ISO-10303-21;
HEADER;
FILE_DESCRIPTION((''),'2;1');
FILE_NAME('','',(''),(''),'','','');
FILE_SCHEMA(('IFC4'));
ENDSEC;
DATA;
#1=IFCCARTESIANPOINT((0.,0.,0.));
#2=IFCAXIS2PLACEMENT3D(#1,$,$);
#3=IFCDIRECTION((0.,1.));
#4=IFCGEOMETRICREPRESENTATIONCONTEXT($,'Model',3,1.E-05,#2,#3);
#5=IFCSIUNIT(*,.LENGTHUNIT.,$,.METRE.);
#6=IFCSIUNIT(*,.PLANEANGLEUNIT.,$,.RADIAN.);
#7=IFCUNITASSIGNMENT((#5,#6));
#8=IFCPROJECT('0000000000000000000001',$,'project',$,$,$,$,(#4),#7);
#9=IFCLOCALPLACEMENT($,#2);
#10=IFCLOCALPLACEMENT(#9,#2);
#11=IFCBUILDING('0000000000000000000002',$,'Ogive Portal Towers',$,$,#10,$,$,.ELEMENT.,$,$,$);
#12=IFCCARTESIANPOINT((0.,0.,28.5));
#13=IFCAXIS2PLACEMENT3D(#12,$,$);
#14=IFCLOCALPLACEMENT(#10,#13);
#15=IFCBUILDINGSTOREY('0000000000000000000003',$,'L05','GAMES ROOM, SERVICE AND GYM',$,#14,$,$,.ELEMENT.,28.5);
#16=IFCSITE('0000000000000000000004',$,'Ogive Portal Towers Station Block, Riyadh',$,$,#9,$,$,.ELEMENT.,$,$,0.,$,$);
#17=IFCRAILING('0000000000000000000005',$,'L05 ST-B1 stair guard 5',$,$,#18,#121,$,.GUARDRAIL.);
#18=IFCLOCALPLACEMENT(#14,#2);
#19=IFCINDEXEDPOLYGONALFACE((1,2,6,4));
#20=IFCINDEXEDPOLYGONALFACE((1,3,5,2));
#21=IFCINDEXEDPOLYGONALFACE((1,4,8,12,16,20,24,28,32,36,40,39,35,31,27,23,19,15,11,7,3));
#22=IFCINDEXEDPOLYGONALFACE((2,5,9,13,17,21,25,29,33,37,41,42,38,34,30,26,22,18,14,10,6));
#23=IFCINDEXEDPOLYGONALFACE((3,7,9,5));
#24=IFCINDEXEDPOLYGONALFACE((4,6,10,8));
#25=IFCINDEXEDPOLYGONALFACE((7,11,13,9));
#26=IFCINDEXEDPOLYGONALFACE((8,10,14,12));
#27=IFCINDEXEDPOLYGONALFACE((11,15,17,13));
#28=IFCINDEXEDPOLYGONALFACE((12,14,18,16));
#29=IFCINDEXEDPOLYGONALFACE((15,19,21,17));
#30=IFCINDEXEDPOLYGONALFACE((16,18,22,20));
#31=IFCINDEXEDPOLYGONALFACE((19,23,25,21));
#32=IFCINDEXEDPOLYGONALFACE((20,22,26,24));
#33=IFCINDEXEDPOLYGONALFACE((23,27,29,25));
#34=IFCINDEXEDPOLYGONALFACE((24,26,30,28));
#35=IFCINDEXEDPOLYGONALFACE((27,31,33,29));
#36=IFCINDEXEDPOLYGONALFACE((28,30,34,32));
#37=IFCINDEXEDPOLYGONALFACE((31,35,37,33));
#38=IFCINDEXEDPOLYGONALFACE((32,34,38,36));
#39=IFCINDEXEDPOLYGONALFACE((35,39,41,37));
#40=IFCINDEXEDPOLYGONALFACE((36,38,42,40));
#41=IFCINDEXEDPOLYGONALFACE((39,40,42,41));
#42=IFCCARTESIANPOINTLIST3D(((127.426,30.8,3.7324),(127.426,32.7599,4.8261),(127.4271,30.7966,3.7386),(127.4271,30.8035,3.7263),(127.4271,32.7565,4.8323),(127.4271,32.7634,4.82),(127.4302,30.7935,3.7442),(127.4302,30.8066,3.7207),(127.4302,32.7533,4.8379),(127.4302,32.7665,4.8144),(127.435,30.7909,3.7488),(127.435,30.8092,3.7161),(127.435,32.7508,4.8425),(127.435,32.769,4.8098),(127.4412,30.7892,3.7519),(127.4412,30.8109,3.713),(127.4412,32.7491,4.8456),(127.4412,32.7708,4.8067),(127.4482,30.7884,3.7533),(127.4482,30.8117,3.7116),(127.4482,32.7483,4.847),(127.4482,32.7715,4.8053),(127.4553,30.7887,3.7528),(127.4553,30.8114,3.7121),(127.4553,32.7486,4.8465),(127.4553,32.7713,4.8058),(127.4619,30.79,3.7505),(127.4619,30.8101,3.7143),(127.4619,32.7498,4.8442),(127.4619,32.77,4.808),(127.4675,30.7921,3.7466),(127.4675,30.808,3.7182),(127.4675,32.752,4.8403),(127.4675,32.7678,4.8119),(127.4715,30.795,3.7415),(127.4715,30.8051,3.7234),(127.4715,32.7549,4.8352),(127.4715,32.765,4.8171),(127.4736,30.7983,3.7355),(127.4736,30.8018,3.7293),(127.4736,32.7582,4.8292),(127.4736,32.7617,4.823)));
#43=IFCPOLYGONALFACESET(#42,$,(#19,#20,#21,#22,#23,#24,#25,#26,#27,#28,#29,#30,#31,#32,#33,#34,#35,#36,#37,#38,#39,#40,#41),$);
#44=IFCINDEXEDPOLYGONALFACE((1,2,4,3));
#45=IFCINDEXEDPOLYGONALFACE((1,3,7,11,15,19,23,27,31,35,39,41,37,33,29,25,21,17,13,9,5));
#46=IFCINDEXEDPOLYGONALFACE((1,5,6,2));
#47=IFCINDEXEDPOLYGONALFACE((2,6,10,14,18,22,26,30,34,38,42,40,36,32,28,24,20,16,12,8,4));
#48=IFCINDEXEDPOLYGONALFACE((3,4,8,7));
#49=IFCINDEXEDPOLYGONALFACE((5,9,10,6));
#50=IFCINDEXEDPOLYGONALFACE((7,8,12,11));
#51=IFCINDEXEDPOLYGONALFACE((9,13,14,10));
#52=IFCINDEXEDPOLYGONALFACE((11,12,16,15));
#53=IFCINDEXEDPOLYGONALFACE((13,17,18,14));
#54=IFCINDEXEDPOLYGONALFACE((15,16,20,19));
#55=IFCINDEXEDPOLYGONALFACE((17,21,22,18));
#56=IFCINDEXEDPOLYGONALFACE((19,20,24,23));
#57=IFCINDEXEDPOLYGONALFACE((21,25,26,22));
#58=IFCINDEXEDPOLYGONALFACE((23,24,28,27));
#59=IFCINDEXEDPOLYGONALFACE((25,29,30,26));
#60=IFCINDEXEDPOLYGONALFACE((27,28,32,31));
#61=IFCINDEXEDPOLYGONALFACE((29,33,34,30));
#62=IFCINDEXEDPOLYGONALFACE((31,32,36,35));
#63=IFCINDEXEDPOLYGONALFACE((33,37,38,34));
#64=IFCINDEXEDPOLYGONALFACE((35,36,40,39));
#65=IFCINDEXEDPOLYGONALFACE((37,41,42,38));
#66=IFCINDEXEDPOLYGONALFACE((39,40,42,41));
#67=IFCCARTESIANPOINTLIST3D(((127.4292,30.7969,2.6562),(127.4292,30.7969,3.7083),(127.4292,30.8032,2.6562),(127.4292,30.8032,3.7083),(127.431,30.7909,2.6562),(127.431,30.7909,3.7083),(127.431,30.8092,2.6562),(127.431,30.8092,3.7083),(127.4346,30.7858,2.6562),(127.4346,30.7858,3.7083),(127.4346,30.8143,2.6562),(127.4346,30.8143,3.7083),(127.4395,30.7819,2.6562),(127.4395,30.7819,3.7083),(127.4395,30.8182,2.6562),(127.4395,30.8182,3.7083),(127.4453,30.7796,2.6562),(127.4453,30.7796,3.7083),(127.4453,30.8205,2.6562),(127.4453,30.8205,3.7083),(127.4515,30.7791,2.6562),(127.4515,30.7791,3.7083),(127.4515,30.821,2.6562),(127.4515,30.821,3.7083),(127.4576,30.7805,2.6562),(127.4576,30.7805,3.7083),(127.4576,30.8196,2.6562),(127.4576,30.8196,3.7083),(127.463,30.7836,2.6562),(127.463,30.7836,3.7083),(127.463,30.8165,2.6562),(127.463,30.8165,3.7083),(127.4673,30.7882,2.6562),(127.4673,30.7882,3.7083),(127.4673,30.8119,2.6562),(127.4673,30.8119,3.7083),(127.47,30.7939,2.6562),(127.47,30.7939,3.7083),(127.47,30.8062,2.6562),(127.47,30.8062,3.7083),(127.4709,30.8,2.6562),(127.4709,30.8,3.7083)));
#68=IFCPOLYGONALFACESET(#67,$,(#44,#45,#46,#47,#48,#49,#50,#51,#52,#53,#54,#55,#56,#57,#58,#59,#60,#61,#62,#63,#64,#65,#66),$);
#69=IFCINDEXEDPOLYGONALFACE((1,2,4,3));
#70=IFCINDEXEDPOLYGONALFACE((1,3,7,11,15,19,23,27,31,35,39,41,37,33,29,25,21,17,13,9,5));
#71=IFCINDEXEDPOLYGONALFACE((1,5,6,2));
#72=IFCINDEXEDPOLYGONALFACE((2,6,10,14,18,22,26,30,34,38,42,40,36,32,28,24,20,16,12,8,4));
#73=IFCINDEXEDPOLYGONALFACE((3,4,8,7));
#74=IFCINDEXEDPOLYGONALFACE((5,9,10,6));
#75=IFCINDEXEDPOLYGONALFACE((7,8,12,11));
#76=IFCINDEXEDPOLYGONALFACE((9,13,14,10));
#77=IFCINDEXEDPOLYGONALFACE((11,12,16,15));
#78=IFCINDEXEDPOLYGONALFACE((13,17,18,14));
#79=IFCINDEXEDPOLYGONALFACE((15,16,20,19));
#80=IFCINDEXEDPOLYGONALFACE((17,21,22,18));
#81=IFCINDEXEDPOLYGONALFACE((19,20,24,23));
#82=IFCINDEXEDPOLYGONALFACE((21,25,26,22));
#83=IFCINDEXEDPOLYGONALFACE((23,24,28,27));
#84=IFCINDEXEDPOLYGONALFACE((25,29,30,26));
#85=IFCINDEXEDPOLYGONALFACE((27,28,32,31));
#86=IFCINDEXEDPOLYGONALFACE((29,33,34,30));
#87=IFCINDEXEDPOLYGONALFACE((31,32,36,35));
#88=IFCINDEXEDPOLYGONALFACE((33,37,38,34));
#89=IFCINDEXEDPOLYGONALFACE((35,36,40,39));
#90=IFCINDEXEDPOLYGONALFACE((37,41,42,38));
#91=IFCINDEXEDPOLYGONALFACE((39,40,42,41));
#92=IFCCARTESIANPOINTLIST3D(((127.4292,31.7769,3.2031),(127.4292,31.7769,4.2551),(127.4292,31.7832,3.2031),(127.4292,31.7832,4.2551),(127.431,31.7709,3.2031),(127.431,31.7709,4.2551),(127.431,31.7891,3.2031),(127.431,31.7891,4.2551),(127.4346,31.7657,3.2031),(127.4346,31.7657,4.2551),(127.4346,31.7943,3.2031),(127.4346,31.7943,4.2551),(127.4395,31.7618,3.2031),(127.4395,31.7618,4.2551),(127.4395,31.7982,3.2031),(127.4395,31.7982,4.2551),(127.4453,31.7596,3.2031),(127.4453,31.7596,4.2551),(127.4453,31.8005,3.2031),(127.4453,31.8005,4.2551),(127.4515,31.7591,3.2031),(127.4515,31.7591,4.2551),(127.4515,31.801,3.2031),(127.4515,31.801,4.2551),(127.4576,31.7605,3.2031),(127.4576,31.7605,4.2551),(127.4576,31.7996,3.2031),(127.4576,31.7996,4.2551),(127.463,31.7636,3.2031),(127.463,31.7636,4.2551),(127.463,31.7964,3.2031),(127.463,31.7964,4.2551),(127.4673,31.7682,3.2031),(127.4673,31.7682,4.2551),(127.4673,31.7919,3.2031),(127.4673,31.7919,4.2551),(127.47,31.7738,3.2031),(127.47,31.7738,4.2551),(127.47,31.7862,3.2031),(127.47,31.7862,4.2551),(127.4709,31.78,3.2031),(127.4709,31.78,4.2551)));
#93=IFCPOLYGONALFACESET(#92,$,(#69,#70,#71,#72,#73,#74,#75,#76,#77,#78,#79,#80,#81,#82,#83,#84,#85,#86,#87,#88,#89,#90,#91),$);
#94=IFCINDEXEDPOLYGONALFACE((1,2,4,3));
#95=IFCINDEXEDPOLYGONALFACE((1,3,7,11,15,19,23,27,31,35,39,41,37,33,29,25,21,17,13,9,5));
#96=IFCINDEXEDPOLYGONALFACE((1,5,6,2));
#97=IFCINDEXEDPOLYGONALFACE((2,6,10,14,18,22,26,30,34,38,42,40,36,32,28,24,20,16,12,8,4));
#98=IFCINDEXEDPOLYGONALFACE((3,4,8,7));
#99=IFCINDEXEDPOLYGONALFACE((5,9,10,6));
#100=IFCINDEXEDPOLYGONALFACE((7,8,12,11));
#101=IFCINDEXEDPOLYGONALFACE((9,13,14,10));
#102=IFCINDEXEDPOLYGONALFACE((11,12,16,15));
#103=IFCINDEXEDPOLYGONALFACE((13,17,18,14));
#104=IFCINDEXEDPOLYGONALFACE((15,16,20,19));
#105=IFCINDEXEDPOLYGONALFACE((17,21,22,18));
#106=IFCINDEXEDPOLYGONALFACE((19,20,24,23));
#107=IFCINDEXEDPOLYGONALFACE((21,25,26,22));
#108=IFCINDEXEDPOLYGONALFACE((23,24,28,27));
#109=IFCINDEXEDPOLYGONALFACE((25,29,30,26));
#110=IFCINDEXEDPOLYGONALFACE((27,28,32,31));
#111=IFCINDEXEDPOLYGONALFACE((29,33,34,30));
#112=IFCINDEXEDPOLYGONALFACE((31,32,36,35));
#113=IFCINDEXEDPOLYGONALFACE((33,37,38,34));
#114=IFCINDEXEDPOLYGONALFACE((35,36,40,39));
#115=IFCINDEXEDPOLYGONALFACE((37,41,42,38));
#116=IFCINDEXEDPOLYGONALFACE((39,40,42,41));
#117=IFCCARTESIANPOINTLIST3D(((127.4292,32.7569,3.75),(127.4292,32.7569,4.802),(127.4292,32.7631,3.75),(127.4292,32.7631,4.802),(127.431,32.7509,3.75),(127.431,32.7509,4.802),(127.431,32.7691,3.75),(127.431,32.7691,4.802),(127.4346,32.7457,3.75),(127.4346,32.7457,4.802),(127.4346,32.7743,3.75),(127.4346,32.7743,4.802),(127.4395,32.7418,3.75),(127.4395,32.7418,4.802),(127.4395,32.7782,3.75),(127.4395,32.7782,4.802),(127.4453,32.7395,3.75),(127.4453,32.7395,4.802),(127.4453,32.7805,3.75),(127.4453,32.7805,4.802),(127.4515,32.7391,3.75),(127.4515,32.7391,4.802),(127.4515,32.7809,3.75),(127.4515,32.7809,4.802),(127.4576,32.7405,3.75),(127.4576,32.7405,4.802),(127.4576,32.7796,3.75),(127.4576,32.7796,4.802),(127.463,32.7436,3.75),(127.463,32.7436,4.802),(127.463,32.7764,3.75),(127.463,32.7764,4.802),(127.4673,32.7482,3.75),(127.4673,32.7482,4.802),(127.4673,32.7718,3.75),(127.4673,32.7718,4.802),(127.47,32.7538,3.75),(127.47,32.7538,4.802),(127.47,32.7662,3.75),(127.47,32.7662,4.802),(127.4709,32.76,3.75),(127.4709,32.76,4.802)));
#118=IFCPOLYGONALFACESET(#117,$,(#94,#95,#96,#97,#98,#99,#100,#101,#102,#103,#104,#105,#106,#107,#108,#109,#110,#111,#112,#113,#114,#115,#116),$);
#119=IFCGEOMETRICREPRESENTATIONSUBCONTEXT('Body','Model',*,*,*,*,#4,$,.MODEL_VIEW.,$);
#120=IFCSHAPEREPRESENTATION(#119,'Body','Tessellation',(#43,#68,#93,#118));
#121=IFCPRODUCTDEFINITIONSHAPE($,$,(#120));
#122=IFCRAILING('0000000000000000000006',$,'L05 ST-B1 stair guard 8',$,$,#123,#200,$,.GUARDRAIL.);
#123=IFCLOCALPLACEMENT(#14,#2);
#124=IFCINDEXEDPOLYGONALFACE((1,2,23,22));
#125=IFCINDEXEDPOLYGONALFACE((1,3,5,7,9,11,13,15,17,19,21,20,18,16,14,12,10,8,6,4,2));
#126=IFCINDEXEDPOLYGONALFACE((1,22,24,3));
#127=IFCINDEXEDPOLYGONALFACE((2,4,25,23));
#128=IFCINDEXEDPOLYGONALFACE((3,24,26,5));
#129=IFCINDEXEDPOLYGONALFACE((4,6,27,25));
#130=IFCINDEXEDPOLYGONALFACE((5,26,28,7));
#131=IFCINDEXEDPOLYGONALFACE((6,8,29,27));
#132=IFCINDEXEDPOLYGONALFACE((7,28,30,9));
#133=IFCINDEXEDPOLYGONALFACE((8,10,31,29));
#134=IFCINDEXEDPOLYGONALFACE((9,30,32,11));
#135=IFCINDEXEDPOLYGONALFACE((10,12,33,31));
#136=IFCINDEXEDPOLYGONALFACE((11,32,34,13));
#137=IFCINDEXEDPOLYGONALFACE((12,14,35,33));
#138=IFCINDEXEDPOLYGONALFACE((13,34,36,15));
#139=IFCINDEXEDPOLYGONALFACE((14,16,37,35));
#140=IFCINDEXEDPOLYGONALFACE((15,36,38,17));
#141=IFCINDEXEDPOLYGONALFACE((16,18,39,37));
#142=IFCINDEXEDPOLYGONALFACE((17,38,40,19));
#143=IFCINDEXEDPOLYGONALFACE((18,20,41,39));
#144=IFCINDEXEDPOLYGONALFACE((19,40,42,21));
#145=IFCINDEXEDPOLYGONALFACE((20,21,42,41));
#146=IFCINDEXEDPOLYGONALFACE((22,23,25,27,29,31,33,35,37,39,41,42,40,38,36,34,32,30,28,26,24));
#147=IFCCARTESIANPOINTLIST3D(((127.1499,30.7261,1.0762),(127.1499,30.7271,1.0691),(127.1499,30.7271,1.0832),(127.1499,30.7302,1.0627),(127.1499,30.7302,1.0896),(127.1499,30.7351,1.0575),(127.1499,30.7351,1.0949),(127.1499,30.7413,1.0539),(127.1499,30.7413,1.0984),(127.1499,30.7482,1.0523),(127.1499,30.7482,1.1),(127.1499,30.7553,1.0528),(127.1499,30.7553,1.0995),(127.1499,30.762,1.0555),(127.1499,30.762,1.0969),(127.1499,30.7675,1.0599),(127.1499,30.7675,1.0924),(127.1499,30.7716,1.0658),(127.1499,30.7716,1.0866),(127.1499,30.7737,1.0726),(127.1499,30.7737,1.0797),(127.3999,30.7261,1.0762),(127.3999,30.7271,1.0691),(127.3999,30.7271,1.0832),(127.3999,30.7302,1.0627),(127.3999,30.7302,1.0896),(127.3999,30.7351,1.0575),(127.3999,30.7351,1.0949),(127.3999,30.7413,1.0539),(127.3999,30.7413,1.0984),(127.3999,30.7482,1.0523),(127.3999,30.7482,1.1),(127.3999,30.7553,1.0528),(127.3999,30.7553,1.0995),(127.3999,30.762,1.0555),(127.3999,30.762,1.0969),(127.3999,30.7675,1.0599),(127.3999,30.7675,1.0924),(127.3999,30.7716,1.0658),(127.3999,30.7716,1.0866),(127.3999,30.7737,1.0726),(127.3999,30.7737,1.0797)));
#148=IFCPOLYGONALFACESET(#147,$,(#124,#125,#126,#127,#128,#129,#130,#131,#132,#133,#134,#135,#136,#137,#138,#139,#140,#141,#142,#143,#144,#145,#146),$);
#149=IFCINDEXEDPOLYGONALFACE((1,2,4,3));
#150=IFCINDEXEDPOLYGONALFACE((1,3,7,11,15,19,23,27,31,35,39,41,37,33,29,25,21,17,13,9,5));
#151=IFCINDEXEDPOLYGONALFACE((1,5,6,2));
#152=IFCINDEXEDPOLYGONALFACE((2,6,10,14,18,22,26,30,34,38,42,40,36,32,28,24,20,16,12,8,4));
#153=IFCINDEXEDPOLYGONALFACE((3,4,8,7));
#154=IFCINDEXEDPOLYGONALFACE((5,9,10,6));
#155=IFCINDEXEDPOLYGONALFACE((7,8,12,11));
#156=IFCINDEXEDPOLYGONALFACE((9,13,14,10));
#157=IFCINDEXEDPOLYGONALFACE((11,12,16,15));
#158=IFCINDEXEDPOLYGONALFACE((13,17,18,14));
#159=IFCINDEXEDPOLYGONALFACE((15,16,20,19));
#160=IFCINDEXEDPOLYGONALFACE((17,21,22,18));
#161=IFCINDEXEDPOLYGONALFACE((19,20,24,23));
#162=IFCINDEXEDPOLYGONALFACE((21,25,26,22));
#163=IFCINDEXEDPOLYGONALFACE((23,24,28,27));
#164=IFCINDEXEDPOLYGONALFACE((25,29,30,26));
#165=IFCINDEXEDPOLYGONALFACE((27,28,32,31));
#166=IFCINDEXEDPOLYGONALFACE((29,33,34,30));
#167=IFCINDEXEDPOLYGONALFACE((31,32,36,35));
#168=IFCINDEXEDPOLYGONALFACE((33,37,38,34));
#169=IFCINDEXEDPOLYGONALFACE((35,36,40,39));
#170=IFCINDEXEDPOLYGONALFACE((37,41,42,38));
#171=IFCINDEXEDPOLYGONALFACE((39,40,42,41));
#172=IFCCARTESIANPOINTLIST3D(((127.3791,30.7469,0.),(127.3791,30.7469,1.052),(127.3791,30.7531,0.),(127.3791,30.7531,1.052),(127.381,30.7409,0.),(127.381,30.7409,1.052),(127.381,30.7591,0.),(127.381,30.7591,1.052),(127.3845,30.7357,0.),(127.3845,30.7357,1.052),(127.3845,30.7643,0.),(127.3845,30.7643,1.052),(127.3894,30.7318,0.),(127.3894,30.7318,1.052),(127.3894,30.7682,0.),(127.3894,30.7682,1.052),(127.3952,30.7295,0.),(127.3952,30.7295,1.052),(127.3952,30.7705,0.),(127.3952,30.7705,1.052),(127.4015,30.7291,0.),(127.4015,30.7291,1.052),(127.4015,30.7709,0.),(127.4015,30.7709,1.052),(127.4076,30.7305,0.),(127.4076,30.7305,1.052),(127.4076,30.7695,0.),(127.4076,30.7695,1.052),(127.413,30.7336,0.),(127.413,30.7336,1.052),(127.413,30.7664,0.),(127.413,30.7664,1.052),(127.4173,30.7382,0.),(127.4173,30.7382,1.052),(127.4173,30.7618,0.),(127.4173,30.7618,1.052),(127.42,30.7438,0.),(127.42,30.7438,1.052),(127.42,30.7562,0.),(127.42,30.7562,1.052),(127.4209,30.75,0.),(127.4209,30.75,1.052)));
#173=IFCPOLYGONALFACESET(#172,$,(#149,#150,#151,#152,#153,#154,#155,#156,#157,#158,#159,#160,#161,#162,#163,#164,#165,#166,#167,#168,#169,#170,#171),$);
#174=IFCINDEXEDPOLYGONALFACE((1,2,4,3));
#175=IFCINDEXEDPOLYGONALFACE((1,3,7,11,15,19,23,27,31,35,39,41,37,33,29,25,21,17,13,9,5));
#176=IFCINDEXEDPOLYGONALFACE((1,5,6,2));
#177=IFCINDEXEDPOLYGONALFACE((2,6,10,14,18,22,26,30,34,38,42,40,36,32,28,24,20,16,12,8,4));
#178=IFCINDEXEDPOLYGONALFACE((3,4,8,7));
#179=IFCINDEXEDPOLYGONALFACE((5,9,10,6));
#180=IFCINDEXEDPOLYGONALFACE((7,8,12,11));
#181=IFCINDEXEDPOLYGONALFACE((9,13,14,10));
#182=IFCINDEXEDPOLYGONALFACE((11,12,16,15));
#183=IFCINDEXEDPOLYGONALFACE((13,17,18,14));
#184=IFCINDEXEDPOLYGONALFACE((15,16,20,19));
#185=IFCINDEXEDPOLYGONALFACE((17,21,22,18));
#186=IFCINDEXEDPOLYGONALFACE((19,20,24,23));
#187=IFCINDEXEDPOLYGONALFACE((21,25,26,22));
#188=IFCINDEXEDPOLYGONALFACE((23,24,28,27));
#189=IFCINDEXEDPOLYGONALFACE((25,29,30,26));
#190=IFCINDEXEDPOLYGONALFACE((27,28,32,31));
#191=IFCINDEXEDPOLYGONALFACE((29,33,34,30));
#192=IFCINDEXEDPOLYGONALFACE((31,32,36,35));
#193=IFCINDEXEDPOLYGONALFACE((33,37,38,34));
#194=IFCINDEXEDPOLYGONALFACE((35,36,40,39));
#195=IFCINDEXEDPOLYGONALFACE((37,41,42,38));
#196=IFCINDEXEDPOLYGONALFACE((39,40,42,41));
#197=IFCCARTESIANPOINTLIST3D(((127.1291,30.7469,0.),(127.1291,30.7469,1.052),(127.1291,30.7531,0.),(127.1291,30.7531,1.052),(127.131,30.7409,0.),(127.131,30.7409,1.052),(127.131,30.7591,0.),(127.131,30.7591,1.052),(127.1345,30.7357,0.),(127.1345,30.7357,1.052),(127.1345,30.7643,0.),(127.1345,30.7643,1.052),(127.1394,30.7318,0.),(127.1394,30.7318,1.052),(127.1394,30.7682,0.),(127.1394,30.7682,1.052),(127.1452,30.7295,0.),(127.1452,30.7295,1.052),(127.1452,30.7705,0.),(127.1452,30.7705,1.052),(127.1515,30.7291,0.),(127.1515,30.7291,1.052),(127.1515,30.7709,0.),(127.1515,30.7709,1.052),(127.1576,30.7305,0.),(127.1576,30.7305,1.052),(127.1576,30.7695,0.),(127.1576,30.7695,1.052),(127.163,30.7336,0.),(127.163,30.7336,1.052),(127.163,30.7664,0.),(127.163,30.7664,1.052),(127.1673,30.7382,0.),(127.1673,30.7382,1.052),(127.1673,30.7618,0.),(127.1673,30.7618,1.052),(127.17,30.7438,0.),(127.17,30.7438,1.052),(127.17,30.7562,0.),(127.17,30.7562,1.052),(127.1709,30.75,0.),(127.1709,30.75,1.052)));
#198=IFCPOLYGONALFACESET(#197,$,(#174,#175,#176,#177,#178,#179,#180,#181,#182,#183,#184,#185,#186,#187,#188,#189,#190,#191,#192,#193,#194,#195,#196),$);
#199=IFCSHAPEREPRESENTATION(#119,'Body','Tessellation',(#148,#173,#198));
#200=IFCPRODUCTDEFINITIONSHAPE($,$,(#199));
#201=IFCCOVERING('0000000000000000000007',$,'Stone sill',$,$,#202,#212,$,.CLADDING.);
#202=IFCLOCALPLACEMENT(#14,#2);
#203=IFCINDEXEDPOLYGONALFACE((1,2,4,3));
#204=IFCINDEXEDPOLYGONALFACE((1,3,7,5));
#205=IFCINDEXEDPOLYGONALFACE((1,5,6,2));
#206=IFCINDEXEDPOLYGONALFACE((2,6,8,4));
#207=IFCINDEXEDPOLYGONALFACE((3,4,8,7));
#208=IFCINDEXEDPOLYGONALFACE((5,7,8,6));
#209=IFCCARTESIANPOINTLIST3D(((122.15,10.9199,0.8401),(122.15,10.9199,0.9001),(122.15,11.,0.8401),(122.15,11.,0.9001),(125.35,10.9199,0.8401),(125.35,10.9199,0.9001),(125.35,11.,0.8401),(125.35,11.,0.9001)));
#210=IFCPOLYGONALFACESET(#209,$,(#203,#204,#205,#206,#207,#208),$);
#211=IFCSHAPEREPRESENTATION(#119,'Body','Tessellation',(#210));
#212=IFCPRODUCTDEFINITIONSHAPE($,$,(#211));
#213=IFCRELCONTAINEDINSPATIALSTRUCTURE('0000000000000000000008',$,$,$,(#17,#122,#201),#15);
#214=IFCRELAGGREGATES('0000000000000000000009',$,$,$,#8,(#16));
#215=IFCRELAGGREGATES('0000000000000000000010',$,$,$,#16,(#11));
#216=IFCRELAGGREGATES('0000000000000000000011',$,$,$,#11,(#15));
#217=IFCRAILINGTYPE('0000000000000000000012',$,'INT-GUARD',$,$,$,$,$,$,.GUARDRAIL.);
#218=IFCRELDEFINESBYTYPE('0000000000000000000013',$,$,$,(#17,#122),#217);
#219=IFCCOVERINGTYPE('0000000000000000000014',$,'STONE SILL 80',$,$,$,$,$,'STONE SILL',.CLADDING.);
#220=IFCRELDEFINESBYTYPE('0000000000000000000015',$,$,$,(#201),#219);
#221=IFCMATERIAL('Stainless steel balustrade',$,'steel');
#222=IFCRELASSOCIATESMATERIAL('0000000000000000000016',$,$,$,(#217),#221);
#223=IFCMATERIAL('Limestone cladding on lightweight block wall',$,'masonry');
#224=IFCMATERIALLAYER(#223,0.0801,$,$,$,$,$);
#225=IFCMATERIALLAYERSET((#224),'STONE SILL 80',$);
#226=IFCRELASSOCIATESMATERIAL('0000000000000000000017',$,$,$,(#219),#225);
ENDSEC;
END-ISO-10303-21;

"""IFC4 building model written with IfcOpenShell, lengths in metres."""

from ifc_helpers import new_model, si_unit, direction, frame, origin, origin_2d, place, context, subcontext, project, spatial, rectangle, circle, extrude, material, layer, layer_set, type_object, element, save


model = new_model("IFC4")

# Units and contexts
model_context = context("Model", 3, precision=1e-05, world=origin(), true_north=direction((0.0, 1.0)))
body_context = subcontext(model_context, "Body", "Model", "MODEL_VIEW")
ifc_project = project(units=[si_unit("LENGTHUNIT", "METRE"), si_unit("PLANEANGLEUNIT", "RADIAN")], contexts=[model_context])

# Site, building, storey
site_placement = place(None, origin())
site = spatial("IfcSite", under=ifc_project, at=site_placement, Name="Ogive Portal Towers Station Block, Riyadh", CompositionType="ELEMENT", RefElevation=0.0)
building_placement = place(site_placement, origin())
building = spatial("IfcBuilding", under=site, at=building_placement, Name="Ogive Portal Towers", CompositionType="ELEMENT")
storey_placement = place(building_placement, frame((0.0, 0.0, 28.5)))
storey = spatial("IfcBuildingStorey", under=building, at=storey_placement, Name="L05", Description="GAMES ROOM, SERVICE AND GYM", CompositionType="ELEMENT", Elevation=28.5)

# Shared definitions
ifc_material_1 = material(Name="Limestone cladding on lightweight block wall", Category="masonry")

# Railings
ifc_material_2 = material(Name="Stainless steel balustrade", Category="steel")
railing_type = type_object("IfcRailingType", Name="INT-GUARD", PredefinedType="GUARDRAIL", material=ifc_material_2)
railing_1_placement = place(storey_placement, frame((127.45, 30.8, 2.6562)))
element("IfcRailing", 1, at=railing_1_placement, inside=storey, type_object=railing_type, Name="L05 ST-B1 stair guard 5", PredefinedType="GUARDRAIL", context=body_context, shape_type="SweptSolid", body=[
    extrude(circle(Radius=0.0239, at=origin_2d()), frame((0.0, 0.0, 1.0762), z_axis=(0.0, 0.873232, 0.487304), x_axis=(-1.0, 0.0, 0.0)), (0.0, 0.0, 1.0), 2.2444),
    extrude(circle(Radius=0.021, at=origin_2d()), origin(), (0.0, 0.0, 1.0), 1.052),
    extrude(circle(Radius=0.021, at=origin_2d()), frame((0.0, 0.98, 0.5469)), (0.0, 0.0, 1.0), 1.052),
    extrude(circle(Radius=0.021, at=origin_2d()), frame((0.0, 1.96, 1.0938)), (0.0, 0.0, 1.0), 1.052),
])
railing_2_placement = place(storey_placement, frame((127.3999, 30.75, 0.0)))
element("IfcRailing", 2, at=railing_2_placement, inside=storey, type_object=railing_type, Name="L05 ST-B1 stair guard 8", PredefinedType="GUARDRAIL", context=body_context, shape_type="SweptSolid", body=[
    extrude(circle(Radius=0.0239, at=origin_2d()), frame((0.0, 0.0, 1.0762), z_axis=(-1.0, 0.0, 0.0), x_axis=(0.0, -1.0, 0.0)), (0.0, 0.0, 1.0), 0.25),
    extrude(circle(Radius=0.021, at=origin_2d()), origin(), (0.0, 0.0, 1.0), 1.052),
    extrude(circle(Radius=0.021, at=origin_2d()), frame((-0.25, 0.0, 0.0)), (0.0, 0.0, 1.0), 1.052),
])

# Covering
ifc_layer_1 = layer(ifc_material_1, 0.0801)
ifc_layer_set_1 = layer_set([ifc_layer_1], Name="STONE SILL 80")
covering_type = type_object("IfcCoveringType", Name="STONE SILL 80", ElementType="STONE SILL", PredefinedType="CLADDING", material=ifc_layer_set_1)
covering_placement = place(storey_placement, frame((123.75, 10.96, 0.8401), z_axis=(0.0, 0.0, 1.0), x_axis=(1.0, 0.0, 0.0)))
element("IfcCovering", 3, at=covering_placement, inside=storey, type_object=covering_type, Name="Stone sill", PredefinedType="CLADDING", context=body_context, shape_type="SweptSolid", body=[
    extrude(rectangle(XDim=3.2, YDim=0.0801, at=origin_2d()), origin(), (0.0, 0.0, 1.0), 0.0601),
])

save(model, "model.ifc")
